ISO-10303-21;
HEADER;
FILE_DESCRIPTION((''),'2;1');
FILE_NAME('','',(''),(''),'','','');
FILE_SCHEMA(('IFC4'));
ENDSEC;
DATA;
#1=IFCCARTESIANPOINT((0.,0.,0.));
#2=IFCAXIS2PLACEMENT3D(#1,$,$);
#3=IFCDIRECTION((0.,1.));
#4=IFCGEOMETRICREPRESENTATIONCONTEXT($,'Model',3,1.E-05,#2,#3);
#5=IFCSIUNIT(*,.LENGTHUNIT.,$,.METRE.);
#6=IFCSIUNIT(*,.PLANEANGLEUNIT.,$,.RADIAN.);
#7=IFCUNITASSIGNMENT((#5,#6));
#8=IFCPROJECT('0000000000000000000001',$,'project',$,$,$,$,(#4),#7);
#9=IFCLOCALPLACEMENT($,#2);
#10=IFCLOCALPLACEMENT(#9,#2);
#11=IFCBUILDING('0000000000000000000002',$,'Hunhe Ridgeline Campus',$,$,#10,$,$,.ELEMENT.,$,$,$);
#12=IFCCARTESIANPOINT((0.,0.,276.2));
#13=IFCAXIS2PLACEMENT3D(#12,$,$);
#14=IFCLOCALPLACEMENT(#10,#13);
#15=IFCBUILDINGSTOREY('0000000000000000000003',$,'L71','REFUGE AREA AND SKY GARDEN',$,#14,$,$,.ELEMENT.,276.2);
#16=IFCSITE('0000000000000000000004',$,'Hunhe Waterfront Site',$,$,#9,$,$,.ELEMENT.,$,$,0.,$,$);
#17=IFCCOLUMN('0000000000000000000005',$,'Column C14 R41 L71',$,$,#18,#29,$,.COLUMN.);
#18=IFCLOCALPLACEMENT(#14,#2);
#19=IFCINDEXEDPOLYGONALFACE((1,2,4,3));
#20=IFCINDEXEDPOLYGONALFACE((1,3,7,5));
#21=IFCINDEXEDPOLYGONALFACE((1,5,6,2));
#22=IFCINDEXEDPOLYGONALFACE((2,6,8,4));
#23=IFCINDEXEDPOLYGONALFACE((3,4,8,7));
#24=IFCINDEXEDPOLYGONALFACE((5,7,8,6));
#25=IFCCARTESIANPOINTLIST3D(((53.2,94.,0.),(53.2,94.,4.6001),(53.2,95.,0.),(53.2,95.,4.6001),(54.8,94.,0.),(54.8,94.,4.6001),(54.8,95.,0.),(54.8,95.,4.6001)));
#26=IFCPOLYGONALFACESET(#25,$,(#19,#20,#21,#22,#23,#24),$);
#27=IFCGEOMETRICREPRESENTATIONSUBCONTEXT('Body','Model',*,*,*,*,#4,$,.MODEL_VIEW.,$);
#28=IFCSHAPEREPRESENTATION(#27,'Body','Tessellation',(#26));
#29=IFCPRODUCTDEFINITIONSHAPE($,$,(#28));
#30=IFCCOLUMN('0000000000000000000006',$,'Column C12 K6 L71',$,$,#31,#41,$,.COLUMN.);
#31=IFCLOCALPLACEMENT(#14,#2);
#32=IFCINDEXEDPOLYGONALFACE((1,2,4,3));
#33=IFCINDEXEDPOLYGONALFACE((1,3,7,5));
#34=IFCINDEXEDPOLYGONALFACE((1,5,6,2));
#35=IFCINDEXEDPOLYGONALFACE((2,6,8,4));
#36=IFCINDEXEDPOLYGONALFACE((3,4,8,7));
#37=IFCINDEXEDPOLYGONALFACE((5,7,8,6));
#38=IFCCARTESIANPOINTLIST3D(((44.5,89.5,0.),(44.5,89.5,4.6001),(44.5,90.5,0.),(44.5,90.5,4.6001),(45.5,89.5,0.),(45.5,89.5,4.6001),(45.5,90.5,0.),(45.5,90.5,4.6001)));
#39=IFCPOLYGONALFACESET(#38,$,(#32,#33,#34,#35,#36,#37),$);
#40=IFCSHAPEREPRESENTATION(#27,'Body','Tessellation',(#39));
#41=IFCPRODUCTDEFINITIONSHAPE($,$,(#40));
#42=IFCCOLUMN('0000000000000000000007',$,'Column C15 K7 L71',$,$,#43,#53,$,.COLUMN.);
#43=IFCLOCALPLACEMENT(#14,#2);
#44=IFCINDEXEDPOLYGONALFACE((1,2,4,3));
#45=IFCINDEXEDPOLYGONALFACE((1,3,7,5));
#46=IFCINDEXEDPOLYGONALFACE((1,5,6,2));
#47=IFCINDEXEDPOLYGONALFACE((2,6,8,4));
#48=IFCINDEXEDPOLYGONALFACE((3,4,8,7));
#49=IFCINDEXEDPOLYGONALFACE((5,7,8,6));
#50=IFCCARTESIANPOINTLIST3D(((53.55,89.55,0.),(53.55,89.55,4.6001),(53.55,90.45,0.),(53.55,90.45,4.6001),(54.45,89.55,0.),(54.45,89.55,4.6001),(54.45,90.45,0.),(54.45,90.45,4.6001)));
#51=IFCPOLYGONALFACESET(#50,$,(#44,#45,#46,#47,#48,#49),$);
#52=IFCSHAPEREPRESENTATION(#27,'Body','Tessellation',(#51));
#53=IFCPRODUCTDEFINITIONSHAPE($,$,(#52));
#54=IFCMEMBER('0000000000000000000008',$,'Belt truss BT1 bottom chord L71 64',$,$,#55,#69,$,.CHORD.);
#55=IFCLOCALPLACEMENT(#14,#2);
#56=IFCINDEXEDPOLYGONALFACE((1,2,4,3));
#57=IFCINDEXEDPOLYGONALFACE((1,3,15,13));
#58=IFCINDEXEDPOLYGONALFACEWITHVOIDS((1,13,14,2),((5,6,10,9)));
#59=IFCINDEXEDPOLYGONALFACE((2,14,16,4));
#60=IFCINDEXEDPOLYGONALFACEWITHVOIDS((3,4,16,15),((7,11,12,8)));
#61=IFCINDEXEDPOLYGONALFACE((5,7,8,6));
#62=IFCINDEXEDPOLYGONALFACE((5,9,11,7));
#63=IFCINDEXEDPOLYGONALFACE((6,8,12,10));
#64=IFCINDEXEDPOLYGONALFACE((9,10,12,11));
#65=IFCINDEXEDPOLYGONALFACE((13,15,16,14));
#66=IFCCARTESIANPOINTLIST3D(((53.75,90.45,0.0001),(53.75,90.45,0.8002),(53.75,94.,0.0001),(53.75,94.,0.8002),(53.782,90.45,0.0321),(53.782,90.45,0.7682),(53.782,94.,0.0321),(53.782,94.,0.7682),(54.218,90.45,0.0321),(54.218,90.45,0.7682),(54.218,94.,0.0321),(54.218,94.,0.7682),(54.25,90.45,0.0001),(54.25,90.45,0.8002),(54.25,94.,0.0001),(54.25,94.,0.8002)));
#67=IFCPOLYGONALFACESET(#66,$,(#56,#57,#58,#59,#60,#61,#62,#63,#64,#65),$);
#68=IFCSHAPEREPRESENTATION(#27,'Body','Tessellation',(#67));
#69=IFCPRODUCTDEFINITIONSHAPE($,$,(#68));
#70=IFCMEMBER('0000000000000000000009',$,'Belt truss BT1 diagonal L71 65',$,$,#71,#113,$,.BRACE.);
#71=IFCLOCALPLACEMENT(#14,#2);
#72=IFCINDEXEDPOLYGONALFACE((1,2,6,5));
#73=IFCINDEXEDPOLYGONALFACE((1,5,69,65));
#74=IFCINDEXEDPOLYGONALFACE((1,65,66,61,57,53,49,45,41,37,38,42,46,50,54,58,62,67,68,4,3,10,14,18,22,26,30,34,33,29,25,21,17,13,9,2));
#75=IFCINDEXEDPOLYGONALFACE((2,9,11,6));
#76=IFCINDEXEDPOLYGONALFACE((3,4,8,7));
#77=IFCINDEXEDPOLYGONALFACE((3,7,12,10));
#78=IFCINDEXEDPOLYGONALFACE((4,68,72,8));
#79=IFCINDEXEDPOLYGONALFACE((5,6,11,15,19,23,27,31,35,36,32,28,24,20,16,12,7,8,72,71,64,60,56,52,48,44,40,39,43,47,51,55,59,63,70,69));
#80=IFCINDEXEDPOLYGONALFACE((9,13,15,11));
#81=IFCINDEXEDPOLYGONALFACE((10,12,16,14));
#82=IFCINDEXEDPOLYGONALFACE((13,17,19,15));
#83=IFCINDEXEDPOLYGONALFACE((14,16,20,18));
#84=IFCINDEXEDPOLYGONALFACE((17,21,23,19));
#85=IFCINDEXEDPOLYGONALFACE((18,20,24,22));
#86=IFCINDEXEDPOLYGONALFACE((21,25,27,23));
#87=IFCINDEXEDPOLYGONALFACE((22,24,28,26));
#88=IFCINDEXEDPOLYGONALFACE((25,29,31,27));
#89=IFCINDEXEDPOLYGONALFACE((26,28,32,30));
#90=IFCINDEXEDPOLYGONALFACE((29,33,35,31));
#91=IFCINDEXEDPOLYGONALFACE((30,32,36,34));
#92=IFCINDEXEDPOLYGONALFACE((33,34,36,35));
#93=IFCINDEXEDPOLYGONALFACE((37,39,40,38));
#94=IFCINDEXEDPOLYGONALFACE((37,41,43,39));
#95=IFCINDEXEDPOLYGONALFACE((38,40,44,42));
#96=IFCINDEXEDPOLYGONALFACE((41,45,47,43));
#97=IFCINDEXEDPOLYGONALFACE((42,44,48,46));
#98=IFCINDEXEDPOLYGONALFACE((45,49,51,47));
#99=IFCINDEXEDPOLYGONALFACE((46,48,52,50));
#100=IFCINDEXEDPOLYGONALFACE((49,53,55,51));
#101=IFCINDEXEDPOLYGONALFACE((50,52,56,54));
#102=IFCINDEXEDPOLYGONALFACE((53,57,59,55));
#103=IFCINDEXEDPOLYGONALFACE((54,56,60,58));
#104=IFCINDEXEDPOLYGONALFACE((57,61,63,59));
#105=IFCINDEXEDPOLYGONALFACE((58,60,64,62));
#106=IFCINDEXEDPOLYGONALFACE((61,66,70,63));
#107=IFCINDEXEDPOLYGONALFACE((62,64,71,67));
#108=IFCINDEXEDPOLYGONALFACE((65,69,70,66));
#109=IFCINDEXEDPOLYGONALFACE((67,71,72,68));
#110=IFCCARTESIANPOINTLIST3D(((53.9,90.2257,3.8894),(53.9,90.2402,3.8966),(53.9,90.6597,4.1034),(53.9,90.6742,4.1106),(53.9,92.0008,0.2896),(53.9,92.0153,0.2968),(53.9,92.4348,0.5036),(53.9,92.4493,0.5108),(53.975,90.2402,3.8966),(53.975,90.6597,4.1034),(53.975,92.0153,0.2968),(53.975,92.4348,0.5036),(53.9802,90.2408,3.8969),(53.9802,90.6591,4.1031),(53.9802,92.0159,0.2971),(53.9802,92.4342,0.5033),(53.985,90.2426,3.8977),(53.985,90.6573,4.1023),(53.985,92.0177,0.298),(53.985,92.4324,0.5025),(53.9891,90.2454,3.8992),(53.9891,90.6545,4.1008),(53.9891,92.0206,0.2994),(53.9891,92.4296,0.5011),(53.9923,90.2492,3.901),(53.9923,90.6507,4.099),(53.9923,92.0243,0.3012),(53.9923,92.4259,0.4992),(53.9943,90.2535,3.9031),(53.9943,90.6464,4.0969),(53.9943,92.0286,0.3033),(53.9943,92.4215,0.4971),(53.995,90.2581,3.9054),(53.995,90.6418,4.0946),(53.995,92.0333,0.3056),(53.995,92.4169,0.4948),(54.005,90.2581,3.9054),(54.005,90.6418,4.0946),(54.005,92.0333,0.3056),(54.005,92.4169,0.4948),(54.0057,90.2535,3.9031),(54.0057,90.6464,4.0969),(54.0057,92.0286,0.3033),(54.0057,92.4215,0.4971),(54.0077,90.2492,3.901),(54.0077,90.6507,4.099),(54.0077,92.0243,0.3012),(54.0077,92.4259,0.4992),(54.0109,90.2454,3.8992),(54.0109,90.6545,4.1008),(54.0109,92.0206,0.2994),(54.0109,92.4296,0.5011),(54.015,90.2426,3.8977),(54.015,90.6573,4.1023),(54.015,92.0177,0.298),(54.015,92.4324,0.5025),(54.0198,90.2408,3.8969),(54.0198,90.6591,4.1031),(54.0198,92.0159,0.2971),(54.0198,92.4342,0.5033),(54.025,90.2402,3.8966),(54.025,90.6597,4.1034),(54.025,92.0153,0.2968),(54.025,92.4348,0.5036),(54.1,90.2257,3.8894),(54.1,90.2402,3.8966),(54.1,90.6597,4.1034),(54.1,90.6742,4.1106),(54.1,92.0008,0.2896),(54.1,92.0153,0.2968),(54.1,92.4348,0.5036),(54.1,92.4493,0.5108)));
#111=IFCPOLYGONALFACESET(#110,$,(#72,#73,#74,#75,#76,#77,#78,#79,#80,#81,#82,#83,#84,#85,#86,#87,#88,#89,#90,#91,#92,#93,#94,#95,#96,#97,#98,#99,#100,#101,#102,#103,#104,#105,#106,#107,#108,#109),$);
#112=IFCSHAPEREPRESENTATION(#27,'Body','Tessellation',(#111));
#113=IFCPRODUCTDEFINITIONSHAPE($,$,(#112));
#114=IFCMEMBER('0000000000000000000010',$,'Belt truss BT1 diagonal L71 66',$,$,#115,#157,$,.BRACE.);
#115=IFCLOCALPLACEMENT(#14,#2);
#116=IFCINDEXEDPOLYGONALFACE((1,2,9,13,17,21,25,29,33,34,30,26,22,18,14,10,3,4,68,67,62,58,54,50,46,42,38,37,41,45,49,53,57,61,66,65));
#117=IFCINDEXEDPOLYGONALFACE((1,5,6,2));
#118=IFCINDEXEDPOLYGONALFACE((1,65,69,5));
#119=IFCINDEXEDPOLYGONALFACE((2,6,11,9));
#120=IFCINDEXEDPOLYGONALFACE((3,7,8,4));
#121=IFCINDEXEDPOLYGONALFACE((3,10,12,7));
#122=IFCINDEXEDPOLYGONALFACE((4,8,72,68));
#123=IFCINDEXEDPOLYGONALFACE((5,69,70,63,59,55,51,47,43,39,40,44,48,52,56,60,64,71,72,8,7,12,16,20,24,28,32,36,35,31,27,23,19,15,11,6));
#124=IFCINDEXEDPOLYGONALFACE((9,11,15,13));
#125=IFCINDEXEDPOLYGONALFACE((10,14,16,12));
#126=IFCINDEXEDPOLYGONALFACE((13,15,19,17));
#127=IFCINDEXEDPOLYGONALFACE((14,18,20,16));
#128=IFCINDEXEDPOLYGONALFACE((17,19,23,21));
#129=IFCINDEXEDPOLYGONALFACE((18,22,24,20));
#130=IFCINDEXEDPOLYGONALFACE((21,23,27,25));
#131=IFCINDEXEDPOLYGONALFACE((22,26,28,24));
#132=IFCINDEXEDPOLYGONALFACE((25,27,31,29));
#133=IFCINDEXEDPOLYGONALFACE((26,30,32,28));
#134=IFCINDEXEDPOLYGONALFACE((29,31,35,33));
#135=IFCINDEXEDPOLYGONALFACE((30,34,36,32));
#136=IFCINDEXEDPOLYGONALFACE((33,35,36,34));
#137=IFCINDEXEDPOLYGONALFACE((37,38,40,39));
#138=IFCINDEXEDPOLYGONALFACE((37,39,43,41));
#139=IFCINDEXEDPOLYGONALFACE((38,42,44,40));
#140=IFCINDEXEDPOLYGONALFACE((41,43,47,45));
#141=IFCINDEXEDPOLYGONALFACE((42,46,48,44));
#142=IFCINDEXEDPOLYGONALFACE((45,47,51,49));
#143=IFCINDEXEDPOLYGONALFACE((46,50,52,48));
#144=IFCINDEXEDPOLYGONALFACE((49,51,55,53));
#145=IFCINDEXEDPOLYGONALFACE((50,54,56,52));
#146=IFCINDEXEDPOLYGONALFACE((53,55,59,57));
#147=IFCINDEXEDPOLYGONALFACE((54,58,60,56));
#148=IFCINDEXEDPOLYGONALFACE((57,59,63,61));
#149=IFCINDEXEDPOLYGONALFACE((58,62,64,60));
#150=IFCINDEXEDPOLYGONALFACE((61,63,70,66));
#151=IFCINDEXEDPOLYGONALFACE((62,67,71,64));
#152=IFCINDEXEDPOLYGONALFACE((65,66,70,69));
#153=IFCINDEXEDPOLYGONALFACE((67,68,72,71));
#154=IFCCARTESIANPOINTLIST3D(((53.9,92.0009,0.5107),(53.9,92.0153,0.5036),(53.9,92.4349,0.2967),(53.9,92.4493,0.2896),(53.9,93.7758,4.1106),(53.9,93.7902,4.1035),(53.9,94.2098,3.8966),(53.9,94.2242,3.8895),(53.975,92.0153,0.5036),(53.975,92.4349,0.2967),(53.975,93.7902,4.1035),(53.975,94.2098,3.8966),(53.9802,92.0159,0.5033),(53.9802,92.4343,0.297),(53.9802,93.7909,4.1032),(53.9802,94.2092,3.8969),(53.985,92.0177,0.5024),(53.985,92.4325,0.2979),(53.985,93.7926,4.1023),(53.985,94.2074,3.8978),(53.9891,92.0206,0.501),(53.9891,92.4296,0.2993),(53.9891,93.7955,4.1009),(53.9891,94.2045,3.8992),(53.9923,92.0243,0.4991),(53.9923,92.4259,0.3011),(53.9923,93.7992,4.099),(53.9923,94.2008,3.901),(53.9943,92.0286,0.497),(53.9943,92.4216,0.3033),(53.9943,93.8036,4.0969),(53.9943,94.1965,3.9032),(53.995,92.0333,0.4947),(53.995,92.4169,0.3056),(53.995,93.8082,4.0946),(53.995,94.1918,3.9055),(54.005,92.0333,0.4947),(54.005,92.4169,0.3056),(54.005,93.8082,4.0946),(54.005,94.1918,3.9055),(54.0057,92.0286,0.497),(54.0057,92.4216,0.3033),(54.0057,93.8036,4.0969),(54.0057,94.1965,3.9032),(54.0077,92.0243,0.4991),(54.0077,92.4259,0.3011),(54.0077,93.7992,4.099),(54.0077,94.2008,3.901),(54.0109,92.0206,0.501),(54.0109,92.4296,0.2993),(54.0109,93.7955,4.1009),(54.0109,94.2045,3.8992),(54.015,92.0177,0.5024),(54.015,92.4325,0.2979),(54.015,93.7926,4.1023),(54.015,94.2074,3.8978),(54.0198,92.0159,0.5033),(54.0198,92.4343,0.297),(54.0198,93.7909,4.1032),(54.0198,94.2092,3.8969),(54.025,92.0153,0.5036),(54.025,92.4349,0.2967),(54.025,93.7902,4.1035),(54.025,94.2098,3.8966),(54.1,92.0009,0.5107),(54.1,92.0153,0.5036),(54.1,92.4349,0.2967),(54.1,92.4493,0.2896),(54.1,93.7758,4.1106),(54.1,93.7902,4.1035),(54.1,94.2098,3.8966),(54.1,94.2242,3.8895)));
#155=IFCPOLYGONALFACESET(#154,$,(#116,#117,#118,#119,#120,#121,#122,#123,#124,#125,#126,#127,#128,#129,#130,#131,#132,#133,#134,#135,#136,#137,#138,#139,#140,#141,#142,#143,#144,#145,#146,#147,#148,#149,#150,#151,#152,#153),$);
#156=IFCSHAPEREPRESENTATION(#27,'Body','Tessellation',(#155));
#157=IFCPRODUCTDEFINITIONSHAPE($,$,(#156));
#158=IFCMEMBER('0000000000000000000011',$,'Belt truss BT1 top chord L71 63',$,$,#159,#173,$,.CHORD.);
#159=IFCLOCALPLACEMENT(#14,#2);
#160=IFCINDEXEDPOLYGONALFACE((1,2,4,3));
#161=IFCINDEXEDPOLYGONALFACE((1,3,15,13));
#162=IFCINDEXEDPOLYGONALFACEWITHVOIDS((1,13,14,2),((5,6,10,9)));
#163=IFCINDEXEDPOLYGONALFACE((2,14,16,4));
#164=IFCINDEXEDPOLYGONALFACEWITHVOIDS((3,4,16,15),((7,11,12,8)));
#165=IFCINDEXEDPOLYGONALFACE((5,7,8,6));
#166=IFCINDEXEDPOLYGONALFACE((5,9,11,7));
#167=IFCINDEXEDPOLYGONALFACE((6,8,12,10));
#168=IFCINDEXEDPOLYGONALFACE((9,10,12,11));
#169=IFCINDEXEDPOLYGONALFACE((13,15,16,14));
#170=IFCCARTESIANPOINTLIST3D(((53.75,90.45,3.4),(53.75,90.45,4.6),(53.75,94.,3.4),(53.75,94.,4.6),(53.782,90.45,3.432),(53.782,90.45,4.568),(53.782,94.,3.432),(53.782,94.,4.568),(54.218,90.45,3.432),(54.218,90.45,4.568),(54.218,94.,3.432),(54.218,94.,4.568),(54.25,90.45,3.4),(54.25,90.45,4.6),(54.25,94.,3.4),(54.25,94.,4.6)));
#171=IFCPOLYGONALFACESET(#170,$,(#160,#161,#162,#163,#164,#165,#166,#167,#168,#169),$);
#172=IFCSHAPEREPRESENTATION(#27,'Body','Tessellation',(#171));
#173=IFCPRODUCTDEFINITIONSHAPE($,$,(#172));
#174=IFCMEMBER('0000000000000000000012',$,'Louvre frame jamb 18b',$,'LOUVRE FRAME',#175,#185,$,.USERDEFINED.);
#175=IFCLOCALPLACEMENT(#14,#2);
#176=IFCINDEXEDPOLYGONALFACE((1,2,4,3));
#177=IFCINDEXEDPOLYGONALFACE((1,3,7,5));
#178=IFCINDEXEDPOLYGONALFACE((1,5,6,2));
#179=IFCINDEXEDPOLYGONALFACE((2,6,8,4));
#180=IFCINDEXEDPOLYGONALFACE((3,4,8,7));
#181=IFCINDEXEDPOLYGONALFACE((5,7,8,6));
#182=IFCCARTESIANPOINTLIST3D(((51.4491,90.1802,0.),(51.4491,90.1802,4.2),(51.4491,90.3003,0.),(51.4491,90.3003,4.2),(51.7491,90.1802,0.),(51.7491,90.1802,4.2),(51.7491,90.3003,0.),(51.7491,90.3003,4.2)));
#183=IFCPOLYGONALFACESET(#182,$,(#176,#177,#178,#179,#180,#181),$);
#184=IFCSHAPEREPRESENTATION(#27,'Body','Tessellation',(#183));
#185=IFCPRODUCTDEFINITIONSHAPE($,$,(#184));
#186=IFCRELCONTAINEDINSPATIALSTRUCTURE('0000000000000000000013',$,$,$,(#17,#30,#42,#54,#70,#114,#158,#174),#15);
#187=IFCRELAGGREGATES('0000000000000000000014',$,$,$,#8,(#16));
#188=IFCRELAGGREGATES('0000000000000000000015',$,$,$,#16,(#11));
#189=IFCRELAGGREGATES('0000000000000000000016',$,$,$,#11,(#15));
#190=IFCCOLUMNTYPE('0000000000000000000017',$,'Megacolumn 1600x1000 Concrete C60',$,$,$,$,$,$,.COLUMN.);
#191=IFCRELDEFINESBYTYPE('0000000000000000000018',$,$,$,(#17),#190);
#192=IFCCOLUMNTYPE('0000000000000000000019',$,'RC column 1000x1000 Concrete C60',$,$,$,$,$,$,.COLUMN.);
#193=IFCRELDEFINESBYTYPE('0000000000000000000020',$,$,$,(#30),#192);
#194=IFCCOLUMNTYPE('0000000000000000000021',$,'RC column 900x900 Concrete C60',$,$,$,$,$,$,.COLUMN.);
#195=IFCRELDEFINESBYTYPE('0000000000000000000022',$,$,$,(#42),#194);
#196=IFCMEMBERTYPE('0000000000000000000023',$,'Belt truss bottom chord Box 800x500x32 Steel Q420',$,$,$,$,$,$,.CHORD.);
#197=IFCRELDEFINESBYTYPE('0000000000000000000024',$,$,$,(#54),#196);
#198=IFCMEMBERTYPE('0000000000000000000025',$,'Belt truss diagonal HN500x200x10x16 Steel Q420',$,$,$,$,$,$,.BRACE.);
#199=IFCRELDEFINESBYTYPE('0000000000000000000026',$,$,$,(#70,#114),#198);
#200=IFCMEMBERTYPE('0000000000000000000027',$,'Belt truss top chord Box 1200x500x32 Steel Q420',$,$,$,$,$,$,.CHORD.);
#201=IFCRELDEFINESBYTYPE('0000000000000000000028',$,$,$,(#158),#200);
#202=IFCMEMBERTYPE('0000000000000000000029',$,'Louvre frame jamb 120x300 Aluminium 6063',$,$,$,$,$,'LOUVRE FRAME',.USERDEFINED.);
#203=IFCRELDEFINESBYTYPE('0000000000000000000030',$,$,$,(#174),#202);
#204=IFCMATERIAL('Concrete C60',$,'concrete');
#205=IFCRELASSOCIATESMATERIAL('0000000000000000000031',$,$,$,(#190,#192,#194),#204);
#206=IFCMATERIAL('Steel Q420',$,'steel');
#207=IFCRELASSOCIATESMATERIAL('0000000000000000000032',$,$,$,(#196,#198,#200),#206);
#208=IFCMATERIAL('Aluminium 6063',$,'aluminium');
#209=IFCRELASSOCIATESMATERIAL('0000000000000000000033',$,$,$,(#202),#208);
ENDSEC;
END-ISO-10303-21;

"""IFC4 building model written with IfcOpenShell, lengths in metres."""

from ifc_helpers import new_model, si_unit, direction, frame, origin, origin_2d, place, context, subcontext, project, spatial, rectangle, hollow_rectangle, i_section, extrude, material, material_profile, profile_set, type_object, element, save


model = new_model("IFC4")

# Units and contexts
model_context = context("Model", 3, precision=1e-05, world=origin(), true_north=direction((0.0, 1.0)))
body_context = subcontext(model_context, "Body", "Model", "MODEL_VIEW")
ifc_project = project(units=[si_unit("LENGTHUNIT", "METRE"), si_unit("PLANEANGLEUNIT", "RADIAN")], contexts=[model_context])

# Site, building, storey
site_placement = place(None, origin())
site = spatial("IfcSite", under=ifc_project, at=site_placement, Name="Hunhe Waterfront Site", CompositionType="ELEMENT", RefElevation=0.0)
building_placement = place(site_placement, origin())
building = spatial("IfcBuilding", under=site, at=building_placement, Name="Hunhe Ridgeline Campus", CompositionType="ELEMENT")
storey_placement = place(building_placement, frame((0.0, 0.0, 276.2)))
storey = spatial("IfcBuildingStorey", under=building, at=storey_placement, Name="L71", Description="REFUGE AREA AND SKY GARDEN", CompositionType="ELEMENT", Elevation=276.2)

# Columns
ifc_material_1 = material(Name="Concrete C60", Category="concrete")
ifc_material_profile_1 = material_profile(ifc_material_1, rectangle(XDim=1.6001, YDim=1.0, at=origin_2d()))
ifc_profile_set_1 = profile_set([ifc_material_profile_1], Name="Concrete C60")
column_type_1 = type_object("IfcColumnType", Name="Megacolumn 1600x1000 Concrete C60", PredefinedType="COLUMN", material=ifc_profile_set_1)
column_1_placement = place(storey_placement, frame((54.0, 94.5, 0.0), z_axis=(0.0, 0.0, 1.0), x_axis=(1.0, 0.0, 0.0)))
element("IfcColumn", 1, at=column_1_placement, inside=storey, type_object=column_type_1, Name="Column C14 R41 L71", PredefinedType="COLUMN", context=body_context, shape_type="SweptSolid", body=[
    extrude(rectangle(XDim=1.6001, YDim=1.0, at=origin_2d()), origin(), (0.0, 0.0, 1.0), 4.6001),
])
ifc_material_profile_2 = material_profile(ifc_material_1, rectangle(XDim=1.0, YDim=1.0, at=origin_2d()))
ifc_profile_set_2 = profile_set([ifc_material_profile_2], Name="Concrete C60")
column_type_2 = type_object("IfcColumnType", Name="RC column 1000x1000 Concrete C60", PredefinedType="COLUMN", material=ifc_profile_set_2)
column_2_placement = place(storey_placement, frame((45.0, 90.0, 0.0), z_axis=(0.0, 0.0, 1.0), x_axis=(1.0, 0.0, 0.0)))
element("IfcColumn", 2, at=column_2_placement, inside=storey, type_object=column_type_2, Name="Column C12 K6 L71", PredefinedType="COLUMN", context=body_context, shape_type="SweptSolid", body=[
    extrude(rectangle(XDim=1.0, YDim=1.0, at=origin_2d()), origin(), (0.0, 0.0, 1.0), 4.6001),
])
ifc_material_profile_3 = material_profile(ifc_material_1, rectangle(XDim=0.8999, YDim=0.8999, at=origin_2d()))
ifc_profile_set_3 = profile_set([ifc_material_profile_3], Name="Concrete C60")
column_type_3 = type_object("IfcColumnType", Name="RC column 900x900 Concrete C60", PredefinedType="COLUMN", material=ifc_profile_set_3)
column_3_placement = place(storey_placement, frame((54.0, 90.0, 0.0), z_axis=(0.0, 0.0, 1.0), x_axis=(1.0, 0.0, 0.0)))
element("IfcColumn", 3, at=column_3_placement, inside=storey, type_object=column_type_3, Name="Column C15 K7 L71", PredefinedType="COLUMN", context=body_context, shape_type="SweptSolid", body=[
    extrude(rectangle(XDim=0.8999, YDim=0.8999, at=origin_2d()), origin(), (0.0, 0.0, 1.0), 4.6001),
])

# Members
ifc_material_2 = material(Name="Steel Q420", Category="steel")
ifc_material_profile_4 = material_profile(ifc_material_2, hollow_rectangle(XDim=0.5, YDim=0.8, WallThickness=0.032, at=origin_2d()))
ifc_profile_set_4 = profile_set([ifc_material_profile_4], Name="Steel Q420")
member_type_1 = type_object("IfcMemberType", Name="Belt truss bottom chord Box 800x500x32 Steel Q420", PredefinedType="CHORD", material=ifc_profile_set_4)
member_1_placement = place(storey_placement, frame((54.0, 90.45, 0.4001), z_axis=(0.0, 1.0, 0.0), x_axis=(-1.0, 0.0, 0.0)))
element("IfcMember", 4, at=member_1_placement, inside=storey, type_object=member_type_1, Name="Belt truss BT1 bottom chord L71 64", PredefinedType="CHORD", context=body_context, shape_type="SweptSolid", body=[
    extrude(hollow_rectangle(XDim=0.5, YDim=0.8, WallThickness=0.032, at=origin_2d()), origin(), (0.0, 0.0, 1.0), 3.55),
])
ifc_material_profile_5 = material_profile(ifc_material_2, i_section(OverallWidth=0.2, OverallDepth=0.5, WebThickness=0.01, FlangeThickness=0.0161, FilletRadius=0.02, at=origin_2d()))
ifc_profile_set_5 = profile_set([ifc_material_profile_5], Name="Steel Q420")
member_type_2 = type_object("IfcMemberType", Name="Belt truss diagonal HN500x200x10x16 Steel Q420", PredefinedType="BRACE", material=ifc_profile_set_5)
for number, where, z_axis, x_axis, name in (
    (5, (54.0, 90.45, 4.0), (0.0, 0.442268, -0.896883), (-1.0, 0.0, 0.0), "Belt truss BT1 diagonal L71 65"),
    (6, (54.0, 92.2251, 0.4001), (0.0, 0.442219, 0.896907), (-1.0, 0.0, 0.0), "Belt truss BT1 diagonal L71 66"),
):
    element("IfcMember", number, at=place(storey_placement, frame(where, z_axis=z_axis, x_axis=x_axis)), inside=storey, type_object=member_type_2, Name=name, PredefinedType="BRACE", context=body_context, shape_type="SweptSolid", body=[
        extrude(i_section(OverallWidth=0.2, OverallDepth=0.5, WebThickness=0.01, FlangeThickness=0.0161, FilletRadius=0.02, at=origin_2d()), origin(), (0.0, 0.0, 1.0), 4.0137),
    ])
ifc_material_profile_6 = material_profile(ifc_material_2, hollow_rectangle(XDim=0.5, YDim=1.2, WallThickness=0.032, at=origin_2d()))
ifc_profile_set_6 = profile_set([ifc_material_profile_6], Name="Steel Q420")
member_type_3 = type_object("IfcMemberType", Name="Belt truss top chord Box 1200x500x32 Steel Q420", PredefinedType="CHORD", material=ifc_profile_set_6)
member_2_placement = place(storey_placement, frame((54.0, 90.45, 4.0), z_axis=(0.0, 1.0, 0.0), x_axis=(-1.0, 0.0, 0.0)))
element("IfcMember", 7, at=member_2_placement, inside=storey, type_object=member_type_3, Name="Belt truss BT1 top chord L71 63", PredefinedType="CHORD", context=body_context, shape_type="SweptSolid", body=[
    extrude(hollow_rectangle(XDim=0.5, YDim=1.2, WallThickness=0.032, at=origin_2d()), origin(), (0.0, 0.0, 1.0), 3.55),
])
ifc_material_3 = material(Name="Aluminium 6063", Category="aluminium")
ifc_material_profile_7 = material_profile(ifc_material_3, rectangle(XDim=0.3, YDim=0.1201, at=origin_2d()))
ifc_profile_set_7 = profile_set([ifc_material_profile_7], Name="Aluminium 6063")
member_type_4 = type_object("IfcMemberType", Name="Louvre frame jamb 120x300 Aluminium 6063", ElementType="LOUVRE FRAME", PredefinedType="USERDEFINED", material=ifc_profile_set_7)
for number, where, z_axis, x_axis, name in (
    (8, (51.5991, 90.2402, 0.0), (0.0, 0.0, 1.0), (-1.0, 0.0, 0.0), "Louvre frame jamb 18b"),
):
    element("IfcMember", number, at=place(storey_placement, frame(where, z_axis=z_axis, x_axis=x_axis)), inside=storey, type_object=member_type_4, Name=name, ObjectType="LOUVRE FRAME", PredefinedType="USERDEFINED", context=body_context, shape_type="SweptSolid", body=[
        extrude(rectangle(XDim=0.3, YDim=0.1201, at=origin_2d()), origin(), (0.0, 0.0, 1.0), 4.2),
    ])

save(model, "model.ifc")
